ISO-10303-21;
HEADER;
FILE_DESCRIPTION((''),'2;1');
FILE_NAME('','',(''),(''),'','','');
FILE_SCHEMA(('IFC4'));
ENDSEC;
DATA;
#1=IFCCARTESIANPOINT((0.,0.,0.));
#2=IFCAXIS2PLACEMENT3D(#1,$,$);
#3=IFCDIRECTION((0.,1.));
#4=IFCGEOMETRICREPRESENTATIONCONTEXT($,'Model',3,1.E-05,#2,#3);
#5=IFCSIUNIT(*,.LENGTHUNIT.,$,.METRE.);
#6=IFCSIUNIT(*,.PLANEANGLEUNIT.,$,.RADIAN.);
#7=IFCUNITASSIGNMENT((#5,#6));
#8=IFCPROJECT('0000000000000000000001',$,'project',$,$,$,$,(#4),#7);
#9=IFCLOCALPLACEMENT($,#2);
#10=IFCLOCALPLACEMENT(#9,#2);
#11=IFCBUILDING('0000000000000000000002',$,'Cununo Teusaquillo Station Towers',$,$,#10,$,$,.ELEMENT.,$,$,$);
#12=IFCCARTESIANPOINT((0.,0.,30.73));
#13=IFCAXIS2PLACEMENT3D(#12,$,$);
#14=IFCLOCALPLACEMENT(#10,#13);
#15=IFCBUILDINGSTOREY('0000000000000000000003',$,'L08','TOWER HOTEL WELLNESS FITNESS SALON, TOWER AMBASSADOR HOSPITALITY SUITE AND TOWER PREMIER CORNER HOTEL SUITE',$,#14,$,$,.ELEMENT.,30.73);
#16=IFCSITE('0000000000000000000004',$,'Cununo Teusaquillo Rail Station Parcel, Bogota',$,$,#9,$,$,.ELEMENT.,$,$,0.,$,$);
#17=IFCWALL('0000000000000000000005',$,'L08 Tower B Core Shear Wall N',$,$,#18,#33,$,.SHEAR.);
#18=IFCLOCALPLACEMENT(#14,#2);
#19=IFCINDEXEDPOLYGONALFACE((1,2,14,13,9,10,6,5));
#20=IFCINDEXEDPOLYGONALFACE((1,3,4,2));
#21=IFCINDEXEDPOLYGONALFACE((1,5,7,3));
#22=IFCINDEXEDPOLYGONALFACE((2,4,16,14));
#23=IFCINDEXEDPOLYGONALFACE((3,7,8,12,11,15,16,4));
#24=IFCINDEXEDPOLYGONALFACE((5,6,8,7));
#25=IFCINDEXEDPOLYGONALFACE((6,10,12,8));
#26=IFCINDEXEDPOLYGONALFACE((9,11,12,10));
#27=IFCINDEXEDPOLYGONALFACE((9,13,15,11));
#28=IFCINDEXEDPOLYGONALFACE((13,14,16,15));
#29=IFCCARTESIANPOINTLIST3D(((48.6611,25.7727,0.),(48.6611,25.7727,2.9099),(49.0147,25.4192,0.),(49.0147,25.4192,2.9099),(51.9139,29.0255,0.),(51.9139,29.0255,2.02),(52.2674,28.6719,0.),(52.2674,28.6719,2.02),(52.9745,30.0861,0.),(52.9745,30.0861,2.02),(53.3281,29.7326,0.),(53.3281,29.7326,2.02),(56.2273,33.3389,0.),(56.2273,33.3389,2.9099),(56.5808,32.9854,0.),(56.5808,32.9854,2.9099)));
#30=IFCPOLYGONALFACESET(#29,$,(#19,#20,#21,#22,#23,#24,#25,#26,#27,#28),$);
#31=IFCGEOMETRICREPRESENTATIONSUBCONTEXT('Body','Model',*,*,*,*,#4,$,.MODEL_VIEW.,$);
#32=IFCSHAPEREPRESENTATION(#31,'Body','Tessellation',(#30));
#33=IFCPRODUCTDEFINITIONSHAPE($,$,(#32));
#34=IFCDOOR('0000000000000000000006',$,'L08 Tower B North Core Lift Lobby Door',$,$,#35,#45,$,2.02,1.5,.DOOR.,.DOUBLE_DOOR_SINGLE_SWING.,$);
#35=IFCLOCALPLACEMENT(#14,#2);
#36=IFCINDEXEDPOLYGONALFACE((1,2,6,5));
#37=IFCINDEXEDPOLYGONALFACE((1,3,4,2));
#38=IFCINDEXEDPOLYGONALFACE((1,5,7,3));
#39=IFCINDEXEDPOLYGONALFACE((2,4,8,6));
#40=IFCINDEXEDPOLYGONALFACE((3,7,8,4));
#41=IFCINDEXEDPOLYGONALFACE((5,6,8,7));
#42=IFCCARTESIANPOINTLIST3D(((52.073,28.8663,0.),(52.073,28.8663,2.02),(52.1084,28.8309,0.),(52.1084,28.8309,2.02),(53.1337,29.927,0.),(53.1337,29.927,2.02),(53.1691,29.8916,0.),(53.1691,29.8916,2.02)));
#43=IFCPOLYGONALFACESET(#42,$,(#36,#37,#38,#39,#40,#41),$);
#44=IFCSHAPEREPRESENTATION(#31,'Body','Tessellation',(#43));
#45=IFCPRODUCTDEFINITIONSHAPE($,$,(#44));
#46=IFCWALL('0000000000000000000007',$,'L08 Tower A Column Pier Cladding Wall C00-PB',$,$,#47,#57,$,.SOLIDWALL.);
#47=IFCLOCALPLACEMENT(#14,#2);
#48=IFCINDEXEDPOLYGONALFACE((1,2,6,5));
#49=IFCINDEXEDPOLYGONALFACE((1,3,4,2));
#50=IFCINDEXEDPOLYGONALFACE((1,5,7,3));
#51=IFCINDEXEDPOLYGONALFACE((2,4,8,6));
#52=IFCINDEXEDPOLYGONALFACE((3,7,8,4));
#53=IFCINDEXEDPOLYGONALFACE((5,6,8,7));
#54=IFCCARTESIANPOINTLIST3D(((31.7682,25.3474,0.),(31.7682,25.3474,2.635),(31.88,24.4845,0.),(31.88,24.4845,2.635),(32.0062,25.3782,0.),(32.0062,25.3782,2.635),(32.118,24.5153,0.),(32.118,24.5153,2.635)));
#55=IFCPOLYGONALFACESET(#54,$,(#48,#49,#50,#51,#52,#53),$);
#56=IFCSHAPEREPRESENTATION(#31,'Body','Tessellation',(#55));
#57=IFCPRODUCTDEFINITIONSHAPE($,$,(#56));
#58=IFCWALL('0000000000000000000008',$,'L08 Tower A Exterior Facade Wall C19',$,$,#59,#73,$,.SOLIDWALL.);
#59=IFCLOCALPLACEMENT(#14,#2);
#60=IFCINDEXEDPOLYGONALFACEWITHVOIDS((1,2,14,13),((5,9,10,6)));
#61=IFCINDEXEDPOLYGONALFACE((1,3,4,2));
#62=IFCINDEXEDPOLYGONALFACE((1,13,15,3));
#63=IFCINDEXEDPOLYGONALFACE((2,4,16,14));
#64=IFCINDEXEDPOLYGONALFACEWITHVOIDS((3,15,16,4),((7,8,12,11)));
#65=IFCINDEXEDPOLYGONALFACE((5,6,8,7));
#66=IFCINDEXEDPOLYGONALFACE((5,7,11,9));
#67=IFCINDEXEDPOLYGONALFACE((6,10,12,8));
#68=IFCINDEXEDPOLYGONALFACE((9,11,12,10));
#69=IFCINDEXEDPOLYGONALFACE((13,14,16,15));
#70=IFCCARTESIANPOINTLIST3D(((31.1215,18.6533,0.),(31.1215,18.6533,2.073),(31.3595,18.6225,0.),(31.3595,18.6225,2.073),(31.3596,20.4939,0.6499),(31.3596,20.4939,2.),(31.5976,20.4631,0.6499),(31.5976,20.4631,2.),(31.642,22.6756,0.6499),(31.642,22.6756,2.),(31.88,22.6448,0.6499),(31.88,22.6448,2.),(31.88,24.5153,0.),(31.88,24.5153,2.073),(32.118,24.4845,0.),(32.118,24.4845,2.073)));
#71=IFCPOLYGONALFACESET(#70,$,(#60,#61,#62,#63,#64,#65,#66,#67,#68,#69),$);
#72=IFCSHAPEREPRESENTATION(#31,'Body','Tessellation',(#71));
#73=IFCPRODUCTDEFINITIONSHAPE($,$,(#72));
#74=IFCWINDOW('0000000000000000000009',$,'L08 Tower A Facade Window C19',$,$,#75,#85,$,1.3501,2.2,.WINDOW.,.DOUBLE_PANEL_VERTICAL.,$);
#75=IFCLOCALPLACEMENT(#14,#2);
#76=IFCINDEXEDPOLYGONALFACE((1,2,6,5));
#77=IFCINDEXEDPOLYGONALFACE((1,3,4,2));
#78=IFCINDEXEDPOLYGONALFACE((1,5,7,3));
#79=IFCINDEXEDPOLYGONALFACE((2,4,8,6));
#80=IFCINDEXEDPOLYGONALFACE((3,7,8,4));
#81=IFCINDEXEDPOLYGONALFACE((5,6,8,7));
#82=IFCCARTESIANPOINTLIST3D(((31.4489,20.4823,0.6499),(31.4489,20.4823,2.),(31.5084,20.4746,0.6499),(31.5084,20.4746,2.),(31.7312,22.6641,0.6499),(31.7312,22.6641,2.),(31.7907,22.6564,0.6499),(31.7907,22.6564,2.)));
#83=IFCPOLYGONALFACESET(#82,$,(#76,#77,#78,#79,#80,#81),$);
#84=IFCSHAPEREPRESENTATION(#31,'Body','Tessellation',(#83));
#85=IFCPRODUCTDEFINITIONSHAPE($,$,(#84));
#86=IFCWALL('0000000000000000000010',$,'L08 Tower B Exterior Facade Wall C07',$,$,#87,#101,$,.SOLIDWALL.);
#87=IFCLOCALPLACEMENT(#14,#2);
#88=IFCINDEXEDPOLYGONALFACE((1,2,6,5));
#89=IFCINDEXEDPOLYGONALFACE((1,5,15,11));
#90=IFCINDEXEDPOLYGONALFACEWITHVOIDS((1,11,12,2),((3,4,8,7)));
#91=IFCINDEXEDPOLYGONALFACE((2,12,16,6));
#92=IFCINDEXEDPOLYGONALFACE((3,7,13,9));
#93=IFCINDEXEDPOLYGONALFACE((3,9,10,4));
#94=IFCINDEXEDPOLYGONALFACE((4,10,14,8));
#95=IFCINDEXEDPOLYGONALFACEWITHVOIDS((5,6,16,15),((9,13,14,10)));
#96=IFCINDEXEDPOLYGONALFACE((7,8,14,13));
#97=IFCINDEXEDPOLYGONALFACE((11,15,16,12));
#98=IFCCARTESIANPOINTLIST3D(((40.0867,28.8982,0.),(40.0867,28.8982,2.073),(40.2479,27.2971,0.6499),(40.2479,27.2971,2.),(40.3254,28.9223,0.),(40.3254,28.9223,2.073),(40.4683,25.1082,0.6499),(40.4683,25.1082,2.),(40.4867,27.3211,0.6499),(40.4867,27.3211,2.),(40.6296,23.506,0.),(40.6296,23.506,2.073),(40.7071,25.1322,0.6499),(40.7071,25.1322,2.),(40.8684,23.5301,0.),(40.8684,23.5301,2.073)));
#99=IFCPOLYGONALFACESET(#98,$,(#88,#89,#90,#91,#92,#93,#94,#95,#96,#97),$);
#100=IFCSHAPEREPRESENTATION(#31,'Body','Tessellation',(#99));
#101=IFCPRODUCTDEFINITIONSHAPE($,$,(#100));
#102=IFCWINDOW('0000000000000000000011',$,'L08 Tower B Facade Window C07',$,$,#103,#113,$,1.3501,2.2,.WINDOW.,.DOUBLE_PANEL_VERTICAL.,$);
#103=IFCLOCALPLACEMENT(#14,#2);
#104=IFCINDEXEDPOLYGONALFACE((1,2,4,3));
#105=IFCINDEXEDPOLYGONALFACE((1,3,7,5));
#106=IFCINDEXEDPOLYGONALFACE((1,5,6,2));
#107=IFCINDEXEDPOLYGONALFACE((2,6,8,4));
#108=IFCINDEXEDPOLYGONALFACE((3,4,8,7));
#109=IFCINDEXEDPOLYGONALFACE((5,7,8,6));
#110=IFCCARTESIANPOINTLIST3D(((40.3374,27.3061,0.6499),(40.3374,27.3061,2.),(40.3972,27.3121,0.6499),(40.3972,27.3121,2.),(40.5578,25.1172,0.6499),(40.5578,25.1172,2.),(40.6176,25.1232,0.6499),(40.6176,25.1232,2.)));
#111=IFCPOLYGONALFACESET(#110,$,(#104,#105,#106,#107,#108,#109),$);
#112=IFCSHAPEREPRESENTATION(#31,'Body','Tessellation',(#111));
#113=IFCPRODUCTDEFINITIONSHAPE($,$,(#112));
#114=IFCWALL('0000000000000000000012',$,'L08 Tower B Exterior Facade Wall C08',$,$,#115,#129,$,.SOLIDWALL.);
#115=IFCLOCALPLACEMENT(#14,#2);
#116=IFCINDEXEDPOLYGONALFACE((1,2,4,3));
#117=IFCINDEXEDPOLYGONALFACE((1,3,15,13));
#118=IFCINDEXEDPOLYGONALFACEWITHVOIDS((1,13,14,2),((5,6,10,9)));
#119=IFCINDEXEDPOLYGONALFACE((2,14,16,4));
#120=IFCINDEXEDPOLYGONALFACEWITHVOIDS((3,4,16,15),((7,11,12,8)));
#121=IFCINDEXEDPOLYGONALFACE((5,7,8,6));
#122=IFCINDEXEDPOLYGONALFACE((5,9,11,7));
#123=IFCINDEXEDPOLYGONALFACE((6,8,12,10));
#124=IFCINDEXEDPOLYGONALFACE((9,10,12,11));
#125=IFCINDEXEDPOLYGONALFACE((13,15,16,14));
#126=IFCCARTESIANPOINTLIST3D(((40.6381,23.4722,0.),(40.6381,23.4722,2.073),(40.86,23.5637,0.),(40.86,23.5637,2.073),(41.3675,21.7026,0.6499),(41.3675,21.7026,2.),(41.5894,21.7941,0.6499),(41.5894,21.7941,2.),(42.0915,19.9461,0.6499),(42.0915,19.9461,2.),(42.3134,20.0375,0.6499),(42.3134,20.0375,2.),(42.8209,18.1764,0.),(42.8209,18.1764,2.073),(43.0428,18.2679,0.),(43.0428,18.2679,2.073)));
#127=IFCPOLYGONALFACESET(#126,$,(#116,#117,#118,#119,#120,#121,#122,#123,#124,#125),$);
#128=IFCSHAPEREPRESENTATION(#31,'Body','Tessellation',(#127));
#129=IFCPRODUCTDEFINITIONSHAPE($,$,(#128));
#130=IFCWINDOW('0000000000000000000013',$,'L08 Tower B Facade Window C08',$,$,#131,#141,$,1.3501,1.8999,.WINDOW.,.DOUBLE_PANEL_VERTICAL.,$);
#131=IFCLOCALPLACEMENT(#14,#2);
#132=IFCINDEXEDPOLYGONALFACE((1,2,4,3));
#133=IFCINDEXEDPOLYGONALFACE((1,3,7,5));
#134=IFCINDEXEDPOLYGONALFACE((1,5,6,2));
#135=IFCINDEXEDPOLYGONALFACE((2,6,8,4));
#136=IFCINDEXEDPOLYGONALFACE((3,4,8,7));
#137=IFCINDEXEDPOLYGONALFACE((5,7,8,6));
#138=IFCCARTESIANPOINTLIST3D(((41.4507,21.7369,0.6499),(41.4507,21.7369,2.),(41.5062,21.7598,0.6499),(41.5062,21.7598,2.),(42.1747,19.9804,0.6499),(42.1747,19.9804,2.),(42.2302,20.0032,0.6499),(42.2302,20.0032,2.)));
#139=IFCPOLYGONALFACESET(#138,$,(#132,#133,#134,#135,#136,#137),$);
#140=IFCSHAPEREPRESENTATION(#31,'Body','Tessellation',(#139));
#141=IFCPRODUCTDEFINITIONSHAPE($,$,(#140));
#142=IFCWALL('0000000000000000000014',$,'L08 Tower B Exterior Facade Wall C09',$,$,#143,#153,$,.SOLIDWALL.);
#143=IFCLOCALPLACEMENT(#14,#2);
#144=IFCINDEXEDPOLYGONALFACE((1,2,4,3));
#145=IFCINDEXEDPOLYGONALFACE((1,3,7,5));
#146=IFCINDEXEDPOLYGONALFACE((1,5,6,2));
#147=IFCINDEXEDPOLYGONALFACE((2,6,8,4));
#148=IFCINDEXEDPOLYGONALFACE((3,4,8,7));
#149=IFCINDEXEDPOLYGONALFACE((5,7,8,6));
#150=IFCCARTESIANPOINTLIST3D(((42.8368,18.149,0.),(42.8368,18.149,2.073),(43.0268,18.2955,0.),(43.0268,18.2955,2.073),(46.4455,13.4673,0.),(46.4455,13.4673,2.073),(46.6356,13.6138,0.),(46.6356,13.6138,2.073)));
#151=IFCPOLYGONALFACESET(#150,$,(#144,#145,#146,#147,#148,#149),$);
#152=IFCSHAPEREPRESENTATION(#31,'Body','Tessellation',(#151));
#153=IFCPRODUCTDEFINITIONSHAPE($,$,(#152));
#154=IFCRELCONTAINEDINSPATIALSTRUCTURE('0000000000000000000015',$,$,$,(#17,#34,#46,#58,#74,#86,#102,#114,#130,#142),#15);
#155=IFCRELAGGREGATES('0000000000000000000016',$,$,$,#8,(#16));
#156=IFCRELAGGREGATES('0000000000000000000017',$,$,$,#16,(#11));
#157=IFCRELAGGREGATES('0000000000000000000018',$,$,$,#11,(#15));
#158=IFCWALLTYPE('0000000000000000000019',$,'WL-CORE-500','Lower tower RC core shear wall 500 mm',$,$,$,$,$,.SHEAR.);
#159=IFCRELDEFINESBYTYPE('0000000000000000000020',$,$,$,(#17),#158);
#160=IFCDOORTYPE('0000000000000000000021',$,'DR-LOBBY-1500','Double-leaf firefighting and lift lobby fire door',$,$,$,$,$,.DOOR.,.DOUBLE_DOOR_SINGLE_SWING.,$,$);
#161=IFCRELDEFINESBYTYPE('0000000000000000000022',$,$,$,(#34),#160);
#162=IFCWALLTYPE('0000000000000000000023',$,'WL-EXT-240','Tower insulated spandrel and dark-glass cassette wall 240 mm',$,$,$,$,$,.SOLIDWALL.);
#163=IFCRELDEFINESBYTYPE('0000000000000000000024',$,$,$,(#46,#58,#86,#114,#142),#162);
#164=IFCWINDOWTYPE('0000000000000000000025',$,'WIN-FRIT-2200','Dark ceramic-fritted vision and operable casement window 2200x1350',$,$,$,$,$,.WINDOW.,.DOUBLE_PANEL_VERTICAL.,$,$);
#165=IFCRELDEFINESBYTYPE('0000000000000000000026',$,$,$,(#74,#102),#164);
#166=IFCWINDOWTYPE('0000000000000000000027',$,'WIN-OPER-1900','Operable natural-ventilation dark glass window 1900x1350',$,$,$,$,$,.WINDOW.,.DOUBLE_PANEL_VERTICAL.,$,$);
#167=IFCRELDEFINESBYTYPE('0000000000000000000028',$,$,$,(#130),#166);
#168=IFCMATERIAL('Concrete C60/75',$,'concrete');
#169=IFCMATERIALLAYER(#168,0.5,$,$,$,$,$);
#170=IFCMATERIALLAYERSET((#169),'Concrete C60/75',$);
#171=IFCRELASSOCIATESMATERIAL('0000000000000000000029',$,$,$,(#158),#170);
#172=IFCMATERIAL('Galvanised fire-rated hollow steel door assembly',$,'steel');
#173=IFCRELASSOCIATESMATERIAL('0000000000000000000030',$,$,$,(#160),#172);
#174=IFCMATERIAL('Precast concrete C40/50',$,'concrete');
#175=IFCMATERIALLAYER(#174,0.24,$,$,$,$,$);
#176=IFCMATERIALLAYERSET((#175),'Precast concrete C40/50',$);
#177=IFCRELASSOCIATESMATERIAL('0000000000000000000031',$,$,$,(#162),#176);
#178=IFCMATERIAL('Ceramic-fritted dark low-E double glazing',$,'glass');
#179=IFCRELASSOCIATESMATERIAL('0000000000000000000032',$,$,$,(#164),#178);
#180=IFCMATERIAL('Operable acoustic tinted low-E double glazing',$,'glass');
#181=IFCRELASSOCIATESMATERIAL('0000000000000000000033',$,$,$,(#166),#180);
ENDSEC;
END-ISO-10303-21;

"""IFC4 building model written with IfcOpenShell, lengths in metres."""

from ifc_helpers import new_model, si_unit, direction, frame, frame_2d, origin, place, context, subcontext, project, spatial, rectangle, extrude, source, transform, mapped, material, layer, layer_set, type_object, element, fill, save


model = new_model("IFC4")

# Units and contexts
model_context = context("Model", 3, precision=1e-05, world=origin(), true_north=direction((0.0, 1.0)))
body_context = subcontext(model_context, "Body", "Model", "MODEL_VIEW")
ifc_project = project(units=[si_unit("LENGTHUNIT", "METRE"), si_unit("PLANEANGLEUNIT", "RADIAN")], contexts=[model_context])

# Site, building, storey
site_placement = place(None, origin())
site = spatial("IfcSite", under=ifc_project, at=site_placement, Name="Cununo Teusaquillo Rail Station Parcel, Bogota", CompositionType="ELEMENT", RefElevation=0.0)
building_placement = place(site_placement, origin())
building = spatial("IfcBuilding", under=site, at=building_placement, Name="Cununo Teusaquillo Station Towers", CompositionType="ELEMENT")
storey_placement = place(building_placement, frame((0.0, 0.0, 30.73)))
storey = spatial("IfcBuildingStorey", under=building, at=storey_placement, Name="L08", Description="TOWER HOTEL WELLNESS FITNESS SALON, TOWER AMBASSADOR HOSPITALITY SUITE AND TOWER PREMIER CORNER HOTEL SUITE", CompositionType="ELEMENT", Elevation=30.73)

# Wall, opening, door
ifc_material_1 = material(Name="Concrete C60/75", Category="concrete")
ifc_layer_1 = layer(ifc_material_1, 0.5)
ifc_layer_set_1 = layer_set([ifc_layer_1], Name="Concrete C60/75")
wall_type_1 = type_object("IfcWallType", Name="WL-CORE-500", Description="Lower tower RC core shear wall 500 mm", PredefinedType="SHEAR", material=ifc_layer_set_1)
wall_1_placement = place(storey_placement, frame((48.8379, 25.5959, 0.0), z_axis=(0.0, 0.0, 1.0), x_axis=(0.707107, 0.707107, 0.0)))
wall_1 = element("IfcWall", 1, at=wall_1_placement, inside=storey, type_object=wall_type_1, Name="L08 Tower B Core Shear Wall N", PredefinedType="SHEAR", context=body_context, shape_type="SweptSolid", body=[
    extrude(rectangle(XDim=10.7002, YDim=0.5, at=frame_2d((5.3501, 0.0))), origin(), (0.0, 0.0, 1.0), 2.9099),
])
shared_shape_1 = source(origin(), body_context, "Body", "SweptSolid", [
    extrude(rectangle(XDim=1.5, YDim=2.02, at=frame_2d((0.75, 1.01))), frame((0.0, 0.26, 0.0), z_axis=(0.0, -1.0, 0.0), x_axis=(1.0, 0.0, 0.0)), (0.0, 0.0, 1.0), 0.52),
])
opening_1_placement = place(wall_1_placement, frame((4.6001, 0.0, 0.0)))
opening_1 = element("IfcOpeningElement", 2, at=opening_1_placement, cuts=wall_1, PredefinedType="OPENING", context=body_context, shape_type="MappedRepresentation", body=[
    mapped(shared_shape_1, transform((0.0, 0.0, 0.0), x_axis=(1.0, 0.0, 0.0), y_axis=(0.0, 1.0, 0.0), z_axis=(0.0, 0.0, 1.0), scale=1.0)),
])
ifc_material_2 = material(Name="Galvanised fire-rated hollow steel door assembly", Category="steel")
door_type_1 = type_object("IfcDoorType", Name="DR-LOBBY-1500", Description="Double-leaf firefighting and lift lobby fire door", OperationType="DOUBLE_DOOR_SINGLE_SWING", PredefinedType="DOOR", material=ifc_material_2)
shared_shape_2 = source(origin(), body_context, "Body", "SweptSolid", [
    extrude(rectangle(XDim=1.5, YDim=2.02, at=frame_2d((0.75, 1.01))), frame((0.0, 0.0249, 0.0), z_axis=(0.0, -1.0, 0.0), x_axis=(1.0, 0.0, 0.0)), (0.0, 0.0, 1.0), 0.05),
])
door_1_placement = place(opening_1_placement, origin())
door_1 = element("IfcDoor", 3, at=door_1_placement, inside=storey, type_object=door_type_1, Name="L08 Tower B North Core Lift Lobby Door", OperationType="DOUBLE_DOOR_SINGLE_SWING", OverallHeight=2.02, OverallWidth=1.5, PredefinedType="DOOR", context=body_context, shape_type="MappedRepresentation", body=[
    mapped(shared_shape_2, transform((0.0, 0.0, 0.0), x_axis=(1.0, 0.0, 0.0), y_axis=(0.0, 1.0, 0.0), z_axis=(0.0, 0.0, 1.0), scale=1.0)),
])
fill(opening_1, door_1)

# Wall
ifc_material_3 = material(Name="Precast concrete C40/50", Category="concrete")
ifc_layer_2 = layer(ifc_material_3, 0.24)
ifc_layer_set_2 = layer_set([ifc_layer_2], Name="Precast concrete C40/50")
wall_type_2 = type_object("IfcWallType", Name="WL-EXT-240", Description="Tower insulated spandrel and dark-glass cassette wall 240 mm", PredefinedType="SOLIDWALL", material=ifc_layer_set_2)
wall_2_placement = place(storey_placement, frame((31.8872, 25.3628, 0.0), z_axis=(0.0, 0.0, 1.0), x_axis=(0.128523, -0.991706, 0.0)))
element("IfcWall", 4, at=wall_2_placement, inside=storey, type_object=wall_type_2, Name="L08 Tower A Column Pier Cladding Wall C00-PB", PredefinedType="SOLIDWALL", context=body_context, shape_type="SweptSolid", body=[
    extrude(rectangle(XDim=0.8701, YDim=0.24, at=frame_2d((0.4351, 0.0))), origin(), (0.0, 0.0, 1.0), 2.635),
])

# Walls, openings, windows
wall_3_placement = place(storey_placement, frame((31.999, 24.5, 0.0), z_axis=(0.0, 0.0, 1.0), x_axis=(-0.128329, -0.991732, 0.0)))
wall_3 = element("IfcWall", 5, at=wall_3_placement, inside=storey, type_object=wall_type_2, Name="L08 Tower A Exterior Facade Wall C19", PredefinedType="SOLIDWALL", context=body_context, shape_type="SweptSolid", body=[
    extrude(rectangle(XDim=5.9109, YDim=0.24, at=frame_2d((2.9556, 0.0))), origin(), (0.0, 0.0, 1.0), 2.073),
])
shared_shape_3 = source(origin(), body_context, "Body", "SweptSolid", [
    extrude(rectangle(XDim=2.2, YDim=1.3501, at=frame_2d((1.1001, 0.675))), frame((0.0, 0.1299, 0.0), z_axis=(0.0, -1.0, 0.0), x_axis=(1.0, 0.0, 0.0)), (0.0, 0.0, 1.0), 0.26),
])
opening_2_placement = place(wall_3_placement, frame((1.855, 0.0, 0.6499)))
opening_2 = element("IfcOpeningElement", 6, at=opening_2_placement, cuts=wall_3, PredefinedType="OPENING", context=body_context, shape_type="MappedRepresentation", body=[
    mapped(shared_shape_3, transform((0.0, 0.0, 0.0), x_axis=(1.0, 0.0, 0.0), y_axis=(0.0, 1.0, 0.0), z_axis=(0.0, 0.0, 1.0), scale=1.0)),
])
ifc_material_4 = material(Name="Ceramic-fritted dark low-E double glazing", Category="glass")
window_type_1 = type_object("IfcWindowType", Name="WIN-FRIT-2200", Description="Dark ceramic-fritted vision and operable casement window 2200x1350", PartitioningType="DOUBLE_PANEL_VERTICAL", PredefinedType="WINDOW", material=ifc_material_4)
shared_shape_4 = source(origin(), body_context, "Body", "SweptSolid", [
    extrude(rectangle(XDim=2.2, YDim=1.3501, at=frame_2d((1.1001, 0.675))), frame((0.0, 0.03, 0.0), z_axis=(0.0, -1.0, 0.0), x_axis=(1.0, 0.0, 0.0)), (0.0, 0.0, 1.0), 0.0601),
])
window_1_placement = place(opening_2_placement, origin())
window_1 = element("IfcWindow", 7, at=window_1_placement, inside=storey, type_object=window_type_1, Name="L08 Tower A Facade Window C19", OverallHeight=1.3501, OverallWidth=2.2, PartitioningType="DOUBLE_PANEL_VERTICAL", PredefinedType="WINDOW", context=body_context, shape_type="MappedRepresentation", body=[
    mapped(shared_shape_4, transform((0.0, 0.0, 0.0), x_axis=(1.0, 0.0, 0.0), y_axis=(0.0, 1.0, 0.0), z_axis=(0.0, 0.0, 1.0), scale=1.0)),
])
fill(opening_2, window_1)
wall_4_placement = place(storey_placement, frame((40.749, 23.5181, 0.0), z_axis=(0.0, 0.0, 1.0), x_axis=(-0.100191, 0.994968, 0.0)))
wall_4 = element("IfcWall", 8, at=wall_4_placement, inside=storey, type_object=wall_type_2, Name="L08 Tower B Exterior Facade Wall C07", PredefinedType="SOLIDWALL", context=body_context, shape_type="SweptSolid", body=[
    extrude(rectangle(XDim=5.4194, YDim=0.24, at=frame_2d((2.7097, 0.0))), origin(), (0.0, 0.0, 1.0), 2.073),
])
opening_3_placement = place(wall_4_placement, frame((1.6101, 0.0, 0.6499)))
opening_3 = element("IfcOpeningElement", 9, at=opening_3_placement, cuts=wall_4, PredefinedType="OPENING", context=body_context, shape_type="MappedRepresentation", body=[
    mapped(shared_shape_3, transform((0.0, 0.0, 0.0), x_axis=(1.0, 0.0, 0.0), y_axis=(0.0, 1.0, 0.0), z_axis=(0.0, 0.0, 1.0), scale=1.0)),
])
window_2_placement = place(opening_3_placement, origin())
window_2 = element("IfcWindow", 10, at=window_2_placement, inside=storey, type_object=window_type_1, Name="L08 Tower B Facade Window C07", OverallHeight=1.3501, OverallWidth=2.2, PartitioningType="DOUBLE_PANEL_VERTICAL", PredefinedType="WINDOW", context=body_context, shape_type="MappedRepresentation", body=[
    mapped(shared_shape_4, transform((0.0, 0.0, 0.0), x_axis=(1.0, 0.0, 0.0), y_axis=(0.0, 1.0, 0.0), z_axis=(0.0, 0.0, 1.0), scale=1.0)),
])
fill(opening_3, window_2)
wall_5_placement = place(storey_placement, frame((42.9319, 18.2222, 0.0), z_axis=(0.0, 0.0, 1.0), x_axis=(-0.381078, 0.924543, 0.0)))
wall_5 = element("IfcWall", 11, at=wall_5_placement, inside=storey, type_object=wall_type_2, Name="L08 Tower B Exterior Facade Wall C08", PredefinedType="SOLIDWALL", context=body_context, shape_type="SweptSolid", body=[
    extrude(rectangle(XDim=5.728, YDim=0.24, at=frame_2d((2.864, 0.0))), origin(), (0.0, 0.0, 1.0), 2.073),
])
shared_shape_5 = source(origin(), body_context, "Body", "SweptSolid", [
    extrude(rectangle(XDim=1.8999, YDim=1.3501, at=frame_2d((0.95, 0.675))), frame((0.0, 0.1299, 0.0), z_axis=(0.0, -1.0, 0.0), x_axis=(1.0, 0.0, 0.0)), (0.0, 0.0, 1.0), 0.26),
])
opening_4_placement = place(wall_5_placement, frame((1.9141, 0.0, 0.6499)))
opening_4 = element("IfcOpeningElement", 12, at=opening_4_placement, cuts=wall_5, PredefinedType="OPENING", context=body_context, shape_type="MappedRepresentation", body=[
    mapped(shared_shape_5, transform((0.0, 0.0, 0.0), x_axis=(1.0, 0.0, 0.0), y_axis=(0.0, 1.0, 0.0), z_axis=(0.0, 0.0, 1.0), scale=1.0)),
])
ifc_material_5 = material(Name="Operable acoustic tinted low-E double glazing", Category="glass")
window_type_2 = type_object("IfcWindowType", Name="WIN-OPER-1900", Description="Operable natural-ventilation dark glass window 1900x1350", PartitioningType="DOUBLE_PANEL_VERTICAL", PredefinedType="WINDOW", material=ifc_material_5)
shared_shape_6 = source(origin(), body_context, "Body", "SweptSolid", [
    extrude(rectangle(XDim=1.8999, YDim=1.3501, at=frame_2d((0.95, 0.675))), frame((0.0, 0.03, 0.0), z_axis=(0.0, -1.0, 0.0), x_axis=(1.0, 0.0, 0.0)), (0.0, 0.0, 1.0), 0.0601),
])
window_3_placement = place(opening_4_placement, origin())
window_3 = element("IfcWindow", 13, at=window_3_placement, inside=storey, type_object=window_type_2, Name="L08 Tower B Facade Window C08", OverallHeight=1.3501, OverallWidth=1.8999, PartitioningType="DOUBLE_PANEL_VERTICAL", PredefinedType="WINDOW", context=body_context, shape_type="MappedRepresentation", body=[
    mapped(shared_shape_6, transform((0.0, 0.0, 0.0), x_axis=(1.0, 0.0, 0.0), y_axis=(0.0, 1.0, 0.0), z_axis=(0.0, 0.0, 1.0), scale=1.0)),
])
fill(opening_4, window_3)

# Wall
wall_6_placement = place(storey_placement, frame((46.5405, 13.5405, 0.0), z_axis=(0.0, 0.0, 1.0), x_axis=(-0.610495, 0.79202, 0.0)))
element("IfcWall", 14, at=wall_6_placement, inside=storey, type_object=wall_type_2, Name="L08 Tower B Exterior Facade Wall C09", PredefinedType="SOLIDWALL", context=body_context, shape_type="SweptSolid", body=[
    extrude(rectangle(XDim=5.9111, YDim=0.24, at=frame_2d((2.9556, 0.0))), origin(), (0.0, 0.0, 1.0), 2.073),
])

save(model, "model.ifc")
